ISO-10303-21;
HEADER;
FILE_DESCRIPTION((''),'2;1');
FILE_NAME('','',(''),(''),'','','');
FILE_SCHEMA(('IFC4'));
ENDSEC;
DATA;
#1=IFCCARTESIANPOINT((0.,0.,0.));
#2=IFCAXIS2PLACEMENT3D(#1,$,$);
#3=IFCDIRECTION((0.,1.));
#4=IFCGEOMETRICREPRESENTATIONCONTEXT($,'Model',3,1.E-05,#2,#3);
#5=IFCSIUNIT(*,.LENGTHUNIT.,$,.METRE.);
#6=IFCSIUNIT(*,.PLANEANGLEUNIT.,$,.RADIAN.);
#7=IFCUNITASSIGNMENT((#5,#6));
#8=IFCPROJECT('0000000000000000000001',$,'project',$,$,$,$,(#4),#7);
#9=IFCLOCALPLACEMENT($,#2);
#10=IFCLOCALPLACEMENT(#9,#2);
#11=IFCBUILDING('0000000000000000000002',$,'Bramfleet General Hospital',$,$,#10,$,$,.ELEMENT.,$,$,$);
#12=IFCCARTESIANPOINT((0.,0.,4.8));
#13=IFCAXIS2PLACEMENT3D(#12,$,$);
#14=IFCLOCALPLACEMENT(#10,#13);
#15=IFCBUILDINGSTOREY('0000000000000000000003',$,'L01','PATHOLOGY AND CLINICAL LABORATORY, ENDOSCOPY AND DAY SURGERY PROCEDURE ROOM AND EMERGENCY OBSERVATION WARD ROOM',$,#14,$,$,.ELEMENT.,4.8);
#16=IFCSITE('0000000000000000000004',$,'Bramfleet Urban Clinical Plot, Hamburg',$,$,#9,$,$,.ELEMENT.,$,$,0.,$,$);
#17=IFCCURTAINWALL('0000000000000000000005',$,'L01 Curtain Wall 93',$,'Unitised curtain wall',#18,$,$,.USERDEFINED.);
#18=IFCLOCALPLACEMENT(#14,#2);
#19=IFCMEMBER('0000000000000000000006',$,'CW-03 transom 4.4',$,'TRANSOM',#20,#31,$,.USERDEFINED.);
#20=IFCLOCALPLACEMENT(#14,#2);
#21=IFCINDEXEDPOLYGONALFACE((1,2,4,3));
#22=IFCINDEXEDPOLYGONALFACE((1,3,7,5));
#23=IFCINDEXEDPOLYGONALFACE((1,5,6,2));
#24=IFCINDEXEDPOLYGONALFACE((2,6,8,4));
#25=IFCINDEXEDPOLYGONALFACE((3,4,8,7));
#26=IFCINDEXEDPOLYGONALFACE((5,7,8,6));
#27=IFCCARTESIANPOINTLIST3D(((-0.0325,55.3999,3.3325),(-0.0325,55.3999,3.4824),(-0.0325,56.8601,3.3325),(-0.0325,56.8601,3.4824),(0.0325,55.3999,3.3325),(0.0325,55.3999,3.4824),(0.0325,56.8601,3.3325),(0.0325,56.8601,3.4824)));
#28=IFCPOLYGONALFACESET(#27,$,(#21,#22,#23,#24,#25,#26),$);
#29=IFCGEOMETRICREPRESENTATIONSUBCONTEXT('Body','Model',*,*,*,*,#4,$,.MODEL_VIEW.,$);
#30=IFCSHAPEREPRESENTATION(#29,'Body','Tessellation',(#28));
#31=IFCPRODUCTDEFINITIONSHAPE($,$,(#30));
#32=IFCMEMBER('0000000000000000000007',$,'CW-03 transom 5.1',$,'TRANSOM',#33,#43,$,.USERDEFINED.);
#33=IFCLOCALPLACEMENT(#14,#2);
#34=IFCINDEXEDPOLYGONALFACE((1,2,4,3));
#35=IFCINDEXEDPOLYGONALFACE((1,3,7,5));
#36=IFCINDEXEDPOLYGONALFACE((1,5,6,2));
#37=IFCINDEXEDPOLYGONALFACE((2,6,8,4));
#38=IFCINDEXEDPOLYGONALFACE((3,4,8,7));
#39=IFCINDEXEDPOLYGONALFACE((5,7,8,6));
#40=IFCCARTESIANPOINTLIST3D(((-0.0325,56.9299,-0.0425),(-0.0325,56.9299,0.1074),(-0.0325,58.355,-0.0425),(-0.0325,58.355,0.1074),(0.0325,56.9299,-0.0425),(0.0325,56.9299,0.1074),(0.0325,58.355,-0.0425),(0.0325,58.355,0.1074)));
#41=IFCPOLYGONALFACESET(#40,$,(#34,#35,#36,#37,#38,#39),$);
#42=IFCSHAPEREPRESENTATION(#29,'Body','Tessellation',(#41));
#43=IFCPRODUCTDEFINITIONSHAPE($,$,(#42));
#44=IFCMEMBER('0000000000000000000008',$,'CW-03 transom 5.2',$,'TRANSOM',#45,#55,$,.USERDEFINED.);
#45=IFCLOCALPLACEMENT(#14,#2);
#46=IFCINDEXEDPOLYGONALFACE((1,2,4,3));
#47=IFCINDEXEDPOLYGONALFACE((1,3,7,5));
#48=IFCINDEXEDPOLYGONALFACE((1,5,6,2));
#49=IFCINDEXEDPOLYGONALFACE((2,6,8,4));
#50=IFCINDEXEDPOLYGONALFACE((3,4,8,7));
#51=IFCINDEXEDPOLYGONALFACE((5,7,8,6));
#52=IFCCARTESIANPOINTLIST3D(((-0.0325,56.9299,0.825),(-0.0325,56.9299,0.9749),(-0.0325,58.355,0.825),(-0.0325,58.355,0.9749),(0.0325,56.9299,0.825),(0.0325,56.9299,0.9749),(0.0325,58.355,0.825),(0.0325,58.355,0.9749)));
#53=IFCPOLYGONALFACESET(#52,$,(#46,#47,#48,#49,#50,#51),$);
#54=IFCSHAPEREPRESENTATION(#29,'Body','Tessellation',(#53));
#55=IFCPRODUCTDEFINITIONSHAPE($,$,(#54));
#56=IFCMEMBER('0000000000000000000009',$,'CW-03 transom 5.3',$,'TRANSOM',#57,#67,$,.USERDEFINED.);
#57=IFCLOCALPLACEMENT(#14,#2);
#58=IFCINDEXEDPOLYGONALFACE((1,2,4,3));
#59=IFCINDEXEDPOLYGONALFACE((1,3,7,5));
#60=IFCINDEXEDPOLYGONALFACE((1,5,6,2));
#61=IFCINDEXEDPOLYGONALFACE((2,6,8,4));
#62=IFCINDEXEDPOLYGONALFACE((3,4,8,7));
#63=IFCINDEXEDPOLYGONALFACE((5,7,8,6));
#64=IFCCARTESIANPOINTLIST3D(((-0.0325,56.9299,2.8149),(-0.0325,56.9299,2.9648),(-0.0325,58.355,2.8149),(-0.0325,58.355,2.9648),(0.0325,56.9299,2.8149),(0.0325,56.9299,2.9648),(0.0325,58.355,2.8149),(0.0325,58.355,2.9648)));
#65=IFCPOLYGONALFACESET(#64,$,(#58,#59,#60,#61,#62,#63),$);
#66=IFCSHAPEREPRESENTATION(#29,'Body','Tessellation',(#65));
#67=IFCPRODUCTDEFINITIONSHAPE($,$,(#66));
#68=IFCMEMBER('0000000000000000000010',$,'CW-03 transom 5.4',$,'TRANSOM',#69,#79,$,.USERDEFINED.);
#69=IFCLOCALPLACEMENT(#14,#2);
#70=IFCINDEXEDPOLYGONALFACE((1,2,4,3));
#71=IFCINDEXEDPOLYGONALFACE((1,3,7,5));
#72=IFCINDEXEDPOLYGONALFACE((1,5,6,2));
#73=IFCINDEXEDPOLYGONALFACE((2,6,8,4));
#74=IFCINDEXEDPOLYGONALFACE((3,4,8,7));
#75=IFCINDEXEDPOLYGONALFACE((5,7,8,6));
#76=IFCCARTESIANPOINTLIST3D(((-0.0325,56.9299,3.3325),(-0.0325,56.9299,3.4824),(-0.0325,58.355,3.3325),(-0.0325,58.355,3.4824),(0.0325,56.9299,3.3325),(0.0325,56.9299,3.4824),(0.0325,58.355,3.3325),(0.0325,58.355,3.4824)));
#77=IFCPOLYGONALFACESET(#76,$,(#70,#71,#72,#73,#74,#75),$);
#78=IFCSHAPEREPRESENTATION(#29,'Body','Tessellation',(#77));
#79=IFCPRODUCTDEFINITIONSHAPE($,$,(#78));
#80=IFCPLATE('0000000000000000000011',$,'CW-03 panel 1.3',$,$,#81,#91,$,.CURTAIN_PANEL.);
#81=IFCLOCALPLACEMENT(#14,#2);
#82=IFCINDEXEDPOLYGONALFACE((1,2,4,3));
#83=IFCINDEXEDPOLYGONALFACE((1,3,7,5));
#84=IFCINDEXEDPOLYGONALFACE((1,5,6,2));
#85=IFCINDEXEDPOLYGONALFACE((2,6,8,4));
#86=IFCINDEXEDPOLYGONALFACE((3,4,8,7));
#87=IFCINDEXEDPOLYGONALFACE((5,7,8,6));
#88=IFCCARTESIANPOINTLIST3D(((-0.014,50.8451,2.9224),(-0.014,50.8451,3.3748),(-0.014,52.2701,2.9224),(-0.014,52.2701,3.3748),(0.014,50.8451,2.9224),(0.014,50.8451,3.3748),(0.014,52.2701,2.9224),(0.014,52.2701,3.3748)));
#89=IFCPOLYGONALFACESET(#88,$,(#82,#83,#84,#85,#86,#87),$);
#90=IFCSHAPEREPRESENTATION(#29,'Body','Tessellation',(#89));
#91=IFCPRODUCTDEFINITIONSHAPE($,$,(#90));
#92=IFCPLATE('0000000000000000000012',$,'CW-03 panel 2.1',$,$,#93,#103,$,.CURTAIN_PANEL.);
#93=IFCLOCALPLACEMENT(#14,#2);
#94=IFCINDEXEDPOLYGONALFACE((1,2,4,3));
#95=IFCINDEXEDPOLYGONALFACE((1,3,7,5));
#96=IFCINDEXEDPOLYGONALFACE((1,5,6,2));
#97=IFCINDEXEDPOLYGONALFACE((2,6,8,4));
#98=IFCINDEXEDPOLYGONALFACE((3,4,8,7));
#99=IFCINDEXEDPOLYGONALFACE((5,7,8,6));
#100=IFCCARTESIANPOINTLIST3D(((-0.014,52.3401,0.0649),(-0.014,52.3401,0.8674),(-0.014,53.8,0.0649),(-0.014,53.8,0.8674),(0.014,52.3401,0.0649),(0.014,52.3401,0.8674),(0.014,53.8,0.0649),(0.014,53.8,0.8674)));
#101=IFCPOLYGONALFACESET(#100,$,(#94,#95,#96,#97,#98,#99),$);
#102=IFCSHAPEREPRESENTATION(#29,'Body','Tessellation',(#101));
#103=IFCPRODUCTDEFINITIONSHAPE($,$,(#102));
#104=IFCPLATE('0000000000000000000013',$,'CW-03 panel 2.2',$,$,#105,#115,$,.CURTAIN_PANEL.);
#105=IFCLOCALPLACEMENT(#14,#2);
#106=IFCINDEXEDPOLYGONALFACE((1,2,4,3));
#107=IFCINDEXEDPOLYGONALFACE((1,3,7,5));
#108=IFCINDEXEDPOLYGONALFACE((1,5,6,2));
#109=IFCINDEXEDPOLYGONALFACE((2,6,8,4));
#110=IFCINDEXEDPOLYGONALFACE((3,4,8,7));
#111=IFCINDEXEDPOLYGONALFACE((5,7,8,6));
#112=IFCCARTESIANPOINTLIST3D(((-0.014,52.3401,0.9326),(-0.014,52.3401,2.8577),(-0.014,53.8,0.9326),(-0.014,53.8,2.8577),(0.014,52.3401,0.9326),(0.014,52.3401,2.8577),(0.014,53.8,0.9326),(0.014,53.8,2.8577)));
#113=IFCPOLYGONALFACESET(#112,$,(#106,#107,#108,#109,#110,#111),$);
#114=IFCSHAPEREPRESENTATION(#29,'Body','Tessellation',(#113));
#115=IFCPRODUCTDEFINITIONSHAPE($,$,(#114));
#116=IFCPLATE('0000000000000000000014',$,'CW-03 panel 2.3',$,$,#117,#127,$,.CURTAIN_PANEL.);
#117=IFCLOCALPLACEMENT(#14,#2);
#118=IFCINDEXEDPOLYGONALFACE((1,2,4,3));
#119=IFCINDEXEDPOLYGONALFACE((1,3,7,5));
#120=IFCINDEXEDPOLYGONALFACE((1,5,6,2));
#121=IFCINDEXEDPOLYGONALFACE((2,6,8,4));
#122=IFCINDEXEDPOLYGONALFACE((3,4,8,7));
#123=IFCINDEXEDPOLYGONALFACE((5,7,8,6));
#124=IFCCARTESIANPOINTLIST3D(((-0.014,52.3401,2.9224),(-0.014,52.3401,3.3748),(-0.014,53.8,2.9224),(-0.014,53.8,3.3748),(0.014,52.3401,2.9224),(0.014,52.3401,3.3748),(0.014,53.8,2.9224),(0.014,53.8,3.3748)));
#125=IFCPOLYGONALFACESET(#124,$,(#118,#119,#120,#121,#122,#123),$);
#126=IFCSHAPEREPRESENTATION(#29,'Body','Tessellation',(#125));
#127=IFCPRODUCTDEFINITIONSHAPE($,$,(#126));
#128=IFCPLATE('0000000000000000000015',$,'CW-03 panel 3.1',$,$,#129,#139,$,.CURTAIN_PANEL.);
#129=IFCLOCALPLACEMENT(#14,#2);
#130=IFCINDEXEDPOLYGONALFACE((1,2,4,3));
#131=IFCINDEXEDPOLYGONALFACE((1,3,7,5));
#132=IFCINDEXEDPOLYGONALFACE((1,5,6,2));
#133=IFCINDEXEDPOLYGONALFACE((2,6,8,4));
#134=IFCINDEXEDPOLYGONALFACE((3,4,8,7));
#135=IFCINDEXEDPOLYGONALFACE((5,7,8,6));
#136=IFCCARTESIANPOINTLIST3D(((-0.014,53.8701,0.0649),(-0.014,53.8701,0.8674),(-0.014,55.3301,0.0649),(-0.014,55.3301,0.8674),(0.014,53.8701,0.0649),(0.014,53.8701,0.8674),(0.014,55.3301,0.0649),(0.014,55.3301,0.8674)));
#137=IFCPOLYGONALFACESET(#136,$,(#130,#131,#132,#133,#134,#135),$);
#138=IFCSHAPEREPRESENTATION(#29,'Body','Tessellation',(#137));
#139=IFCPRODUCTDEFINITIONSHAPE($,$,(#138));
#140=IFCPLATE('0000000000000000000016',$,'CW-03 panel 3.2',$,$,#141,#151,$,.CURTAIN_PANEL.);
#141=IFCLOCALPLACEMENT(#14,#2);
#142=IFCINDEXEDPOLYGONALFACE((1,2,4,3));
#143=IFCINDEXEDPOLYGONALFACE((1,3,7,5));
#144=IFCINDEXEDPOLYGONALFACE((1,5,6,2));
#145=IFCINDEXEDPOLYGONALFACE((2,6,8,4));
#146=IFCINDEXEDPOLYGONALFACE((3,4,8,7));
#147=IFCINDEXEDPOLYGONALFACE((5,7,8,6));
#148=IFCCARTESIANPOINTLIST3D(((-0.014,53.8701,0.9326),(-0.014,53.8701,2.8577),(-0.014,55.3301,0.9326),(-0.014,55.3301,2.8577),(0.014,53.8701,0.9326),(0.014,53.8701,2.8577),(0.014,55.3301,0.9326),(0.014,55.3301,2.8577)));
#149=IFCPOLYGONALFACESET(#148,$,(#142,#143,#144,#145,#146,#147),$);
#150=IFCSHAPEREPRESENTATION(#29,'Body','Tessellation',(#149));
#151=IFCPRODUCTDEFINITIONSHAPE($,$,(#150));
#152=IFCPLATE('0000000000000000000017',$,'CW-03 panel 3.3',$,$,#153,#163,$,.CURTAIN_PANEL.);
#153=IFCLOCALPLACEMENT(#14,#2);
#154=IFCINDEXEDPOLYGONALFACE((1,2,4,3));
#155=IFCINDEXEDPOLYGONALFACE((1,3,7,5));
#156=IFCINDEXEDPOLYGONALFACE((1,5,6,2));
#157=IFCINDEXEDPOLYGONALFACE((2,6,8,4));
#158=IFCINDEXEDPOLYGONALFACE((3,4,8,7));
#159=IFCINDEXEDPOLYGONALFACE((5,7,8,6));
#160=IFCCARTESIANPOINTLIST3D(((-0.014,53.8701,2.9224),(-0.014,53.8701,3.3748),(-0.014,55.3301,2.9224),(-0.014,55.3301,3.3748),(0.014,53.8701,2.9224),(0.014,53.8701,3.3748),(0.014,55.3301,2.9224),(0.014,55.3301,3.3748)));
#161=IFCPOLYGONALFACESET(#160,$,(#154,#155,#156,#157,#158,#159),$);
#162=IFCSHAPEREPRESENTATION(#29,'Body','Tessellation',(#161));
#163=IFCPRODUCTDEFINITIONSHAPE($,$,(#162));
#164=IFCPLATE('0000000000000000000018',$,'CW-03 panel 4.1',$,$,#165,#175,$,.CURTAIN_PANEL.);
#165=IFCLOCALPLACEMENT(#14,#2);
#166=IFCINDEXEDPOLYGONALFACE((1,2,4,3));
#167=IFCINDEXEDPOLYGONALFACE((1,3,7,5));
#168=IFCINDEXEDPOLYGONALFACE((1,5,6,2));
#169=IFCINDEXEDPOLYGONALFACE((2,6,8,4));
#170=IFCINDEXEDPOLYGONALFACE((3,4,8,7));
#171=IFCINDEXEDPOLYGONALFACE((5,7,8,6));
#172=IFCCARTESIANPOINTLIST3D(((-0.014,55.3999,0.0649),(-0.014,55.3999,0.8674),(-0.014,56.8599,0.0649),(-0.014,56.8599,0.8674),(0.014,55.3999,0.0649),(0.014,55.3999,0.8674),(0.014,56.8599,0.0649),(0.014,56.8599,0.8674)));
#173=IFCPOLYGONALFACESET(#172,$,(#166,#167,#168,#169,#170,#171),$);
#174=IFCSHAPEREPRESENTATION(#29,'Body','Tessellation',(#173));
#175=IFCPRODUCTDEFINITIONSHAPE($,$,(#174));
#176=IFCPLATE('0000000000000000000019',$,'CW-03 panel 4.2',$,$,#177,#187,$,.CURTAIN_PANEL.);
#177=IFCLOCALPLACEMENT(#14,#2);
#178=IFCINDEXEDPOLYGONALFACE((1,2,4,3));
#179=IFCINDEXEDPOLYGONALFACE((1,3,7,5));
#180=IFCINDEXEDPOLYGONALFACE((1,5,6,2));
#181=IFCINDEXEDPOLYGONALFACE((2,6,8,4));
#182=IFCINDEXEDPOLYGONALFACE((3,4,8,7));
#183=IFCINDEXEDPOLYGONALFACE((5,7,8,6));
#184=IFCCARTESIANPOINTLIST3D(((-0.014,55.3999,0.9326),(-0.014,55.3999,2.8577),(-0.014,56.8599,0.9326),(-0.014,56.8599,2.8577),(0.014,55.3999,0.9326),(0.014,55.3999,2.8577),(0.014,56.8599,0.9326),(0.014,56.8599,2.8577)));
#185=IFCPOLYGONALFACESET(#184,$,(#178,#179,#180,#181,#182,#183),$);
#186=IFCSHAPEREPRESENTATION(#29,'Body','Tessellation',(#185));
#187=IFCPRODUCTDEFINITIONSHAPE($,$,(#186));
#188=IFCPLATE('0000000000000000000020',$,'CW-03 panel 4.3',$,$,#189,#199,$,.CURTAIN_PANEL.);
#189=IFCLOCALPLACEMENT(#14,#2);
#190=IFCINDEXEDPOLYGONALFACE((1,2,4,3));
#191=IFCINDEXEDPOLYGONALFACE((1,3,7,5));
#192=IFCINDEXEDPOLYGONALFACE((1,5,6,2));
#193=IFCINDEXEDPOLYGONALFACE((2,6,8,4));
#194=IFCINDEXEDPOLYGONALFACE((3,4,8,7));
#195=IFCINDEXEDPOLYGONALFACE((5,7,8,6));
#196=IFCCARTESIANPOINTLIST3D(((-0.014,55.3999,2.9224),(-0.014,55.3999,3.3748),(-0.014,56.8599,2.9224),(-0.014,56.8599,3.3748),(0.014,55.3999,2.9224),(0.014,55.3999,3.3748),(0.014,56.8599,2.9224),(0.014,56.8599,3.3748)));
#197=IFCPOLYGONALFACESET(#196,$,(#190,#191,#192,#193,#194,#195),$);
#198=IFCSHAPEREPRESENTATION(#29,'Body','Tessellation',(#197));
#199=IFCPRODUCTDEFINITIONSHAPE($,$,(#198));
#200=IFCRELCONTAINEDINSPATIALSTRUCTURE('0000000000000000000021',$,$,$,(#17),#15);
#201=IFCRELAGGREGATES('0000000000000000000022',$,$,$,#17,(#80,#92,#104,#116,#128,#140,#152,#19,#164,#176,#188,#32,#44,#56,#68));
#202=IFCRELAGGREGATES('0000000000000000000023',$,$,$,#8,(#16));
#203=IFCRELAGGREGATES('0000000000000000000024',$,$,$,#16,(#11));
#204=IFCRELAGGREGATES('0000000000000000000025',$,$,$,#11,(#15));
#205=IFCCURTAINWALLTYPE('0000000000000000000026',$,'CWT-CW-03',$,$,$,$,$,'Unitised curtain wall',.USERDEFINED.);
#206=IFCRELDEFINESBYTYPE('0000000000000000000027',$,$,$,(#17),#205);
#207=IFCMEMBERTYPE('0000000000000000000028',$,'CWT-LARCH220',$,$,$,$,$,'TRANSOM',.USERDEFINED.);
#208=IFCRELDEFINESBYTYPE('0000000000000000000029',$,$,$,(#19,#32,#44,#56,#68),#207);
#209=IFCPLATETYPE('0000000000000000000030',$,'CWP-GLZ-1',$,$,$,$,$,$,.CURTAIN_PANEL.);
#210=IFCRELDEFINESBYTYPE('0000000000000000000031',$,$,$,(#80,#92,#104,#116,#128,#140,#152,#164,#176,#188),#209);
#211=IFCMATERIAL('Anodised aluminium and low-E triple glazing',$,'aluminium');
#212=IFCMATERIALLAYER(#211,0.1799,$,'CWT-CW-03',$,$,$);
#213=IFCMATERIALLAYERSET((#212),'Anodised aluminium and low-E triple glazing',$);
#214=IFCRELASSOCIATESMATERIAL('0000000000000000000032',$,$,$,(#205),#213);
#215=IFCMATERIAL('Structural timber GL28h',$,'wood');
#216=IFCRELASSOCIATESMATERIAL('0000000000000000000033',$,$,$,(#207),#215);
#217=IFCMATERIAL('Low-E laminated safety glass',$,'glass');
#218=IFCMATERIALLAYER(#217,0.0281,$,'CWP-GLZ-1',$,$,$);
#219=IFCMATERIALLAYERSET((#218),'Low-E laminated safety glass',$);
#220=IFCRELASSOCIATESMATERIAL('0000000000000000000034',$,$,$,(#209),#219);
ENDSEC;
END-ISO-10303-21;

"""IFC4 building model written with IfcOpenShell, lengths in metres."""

from ifc_helpers import new_model, si_unit, direction, frame, origin, origin_2d, place, context, subcontext, project, spatial, rectangle, extrude, material, layer, layer_set, material_profile, profile_set, type_object, element, aggregate, save


model = new_model("IFC4")

# Units and contexts
model_context = context("Model", 3, precision=1e-05, world=origin(), true_north=direction((0.0, 1.0)))
body_context = subcontext(model_context, "Body", "Model", "MODEL_VIEW")
ifc_project = project(units=[si_unit("LENGTHUNIT", "METRE"), si_unit("PLANEANGLEUNIT", "RADIAN")], contexts=[model_context])

# Site, building, storey
site_placement = place(None, origin())
site = spatial("IfcSite", under=ifc_project, at=site_placement, Name="Bramfleet Urban Clinical Plot, Hamburg", CompositionType="ELEMENT", RefElevation=0.0)
building_placement = place(site_placement, origin())
building = spatial("IfcBuilding", under=site, at=building_placement, Name="Bramfleet General Hospital", CompositionType="ELEMENT")
storey_placement = place(building_placement, frame((0.0, 0.0, 4.8)))
storey = spatial("IfcBuildingStorey", under=building, at=storey_placement, Name="L01", Description="PATHOLOGY AND CLINICAL LABORATORY, ENDOSCOPY AND DAY SURGERY PROCEDURE ROOM AND EMERGENCY OBSERVATION WARD ROOM", CompositionType="ELEMENT", Elevation=4.8)

# Curtain wall, members, plates
ifc_material_1 = material(Name="Anodised aluminium and low-E triple glazing", Category="aluminium")
ifc_layer_1 = layer(ifc_material_1, 0.1799, Name="CWT-CW-03")
ifc_layer_set_1 = layer_set([ifc_layer_1], Name="Anodised aluminium and low-E triple glazing")
curtain_wall_type = type_object("IfcCurtainWallType", Name="CWT-CW-03", ElementType="Unitised curtain wall", PredefinedType="USERDEFINED", material=ifc_layer_set_1)
curtain_wall_placement = place(storey_placement, origin())
curtain_wall = element("IfcCurtainWall", 1, at=curtain_wall_placement, inside=storey, type_object=curtain_wall_type, Name="L01 Curtain Wall 93", ObjectType="Unitised curtain wall", PredefinedType="USERDEFINED")
ifc_material_2 = material(Name="Structural timber GL28h", Category="wood")
ifc_material_profile_1 = material_profile(ifc_material_2, rectangle(XDim=0.0649, YDim=0.1499, at=origin_2d()), Name="LARCH 150x65")
ifc_profile_set_1 = profile_set([ifc_material_profile_1], Name="Structural timber GL28h")
member_type_1 = type_object("IfcMemberType", Name="CWT-LARCH220", ElementType="TRANSOM", PredefinedType="USERDEFINED", material=ifc_profile_set_1)
member_1_placement = place(storey_placement, frame((0.0, 55.3999, 3.4075), z_axis=(0.0, 1.0, 0.0), x_axis=(-1.0, 0.0, 0.0)))
member_1 = element("IfcMember", 2, at=member_1_placement, type_object=member_type_1, Name="CW-03 transom 4.4", ObjectType="TRANSOM", PredefinedType="USERDEFINED", context=body_context, shape_type="SweptSolid", body=[
    extrude(rectangle(XDim=0.0649, YDim=0.1499, at=origin_2d()), origin(), (0.0, 0.0, 1.0), 1.4602),
])
member_2_placement = place(storey_placement, frame((0.0, 56.9299, 0.0325), z_axis=(0.0, 1.0, 0.0), x_axis=(-1.0, 0.0, 0.0)))
member_2 = element("IfcMember", 3, at=member_2_placement, type_object=member_type_1, Name="CW-03 transom 5.1", ObjectType="TRANSOM", PredefinedType="USERDEFINED", context=body_context, shape_type="SweptSolid", body=[
    extrude(rectangle(XDim=0.0649, YDim=0.1499, at=origin_2d()), origin(), (0.0, 0.0, 1.0), 1.425),
])
member_3_placement = place(storey_placement, frame((0.0, 56.9299, 0.8999), z_axis=(0.0, 1.0, 0.0), x_axis=(-1.0, 0.0, 0.0)))
member_3 = element("IfcMember", 4, at=member_3_placement, type_object=member_type_1, Name="CW-03 transom 5.2", ObjectType="TRANSOM", PredefinedType="USERDEFINED", context=body_context, shape_type="SweptSolid", body=[
    extrude(rectangle(XDim=0.0649, YDim=0.1499, at=origin_2d()), origin(), (0.0, 0.0, 1.0), 1.425),
])
member_4_placement = place(storey_placement, frame((0.0, 56.9299, 2.8899), z_axis=(0.0, 1.0, 0.0), x_axis=(-1.0, 0.0, 0.0)))
member_4 = element("IfcMember", 5, at=member_4_placement, type_object=member_type_1, Name="CW-03 transom 5.3", ObjectType="TRANSOM", PredefinedType="USERDEFINED", context=body_context, shape_type="SweptSolid", body=[
    extrude(rectangle(XDim=0.0649, YDim=0.1499, at=origin_2d()), origin(), (0.0, 0.0, 1.0), 1.425),
])
member_5_placement = place(storey_placement, frame((0.0, 56.9299, 3.4075), z_axis=(0.0, 1.0, 0.0), x_axis=(-1.0, 0.0, 0.0)))
member_5 = element("IfcMember", 6, at=member_5_placement, type_object=member_type_1, Name="CW-03 transom 5.4", ObjectType="TRANSOM", PredefinedType="USERDEFINED", context=body_context, shape_type="SweptSolid", body=[
    extrude(rectangle(XDim=0.0649, YDim=0.1499, at=origin_2d()), origin(), (0.0, 0.0, 1.0), 1.425),
])
ifc_material_3 = material(Name="Low-E laminated safety glass", Category="glass")
ifc_layer_2 = layer(ifc_material_3, 0.0281, Name="CWP-GLZ-1")
ifc_layer_set_2 = layer_set([ifc_layer_2], Name="Low-E laminated safety glass")
plate_type = type_object("IfcPlateType", Name="CWP-GLZ-1", PredefinedType="CURTAIN_PANEL", material=ifc_layer_set_2)
plate_1_placement = place(storey_placement, frame((0.0, 51.5576, 2.9224), z_axis=(0.0, 0.0, 1.0), x_axis=(0.0, 1.0, 0.0)))
plate_1 = element("IfcPlate", 7, at=plate_1_placement, type_object=plate_type, Name="CW-03 panel 1.3", PredefinedType="CURTAIN_PANEL", context=body_context, shape_type="SweptSolid", body=[
    extrude(rectangle(XDim=1.425, YDim=0.0281, at=origin_2d()), origin(), (0.0, 0.0, 1.0), 0.4524),
])
plate_2_placement = place(storey_placement, frame((0.0, 53.0701, 0.0649), z_axis=(0.0, 0.0, 1.0), x_axis=(0.0, 1.0, 0.0)))
plate_2 = element("IfcPlate", 8, at=plate_2_placement, type_object=plate_type, Name="CW-03 panel 2.1", PredefinedType="CURTAIN_PANEL", context=body_context, shape_type="SweptSolid", body=[
    extrude(rectangle(XDim=1.46, YDim=0.0281, at=origin_2d()), origin(), (0.0, 0.0, 1.0), 0.8025),
])
plate_3_placement = place(storey_placement, frame((0.0, 53.0701, 0.9326), z_axis=(0.0, 0.0, 1.0), x_axis=(0.0, 1.0, 0.0)))
plate_3 = element("IfcPlate", 9, at=plate_3_placement, type_object=plate_type, Name="CW-03 panel 2.2", PredefinedType="CURTAIN_PANEL", context=body_context, shape_type="SweptSolid", body=[
    extrude(rectangle(XDim=1.46, YDim=0.0281, at=origin_2d()), origin(), (0.0, 0.0, 1.0), 1.925),
])
plate_4_placement = place(storey_placement, frame((0.0, 53.0701, 2.9224), z_axis=(0.0, 0.0, 1.0), x_axis=(0.0, 1.0, 0.0)))
plate_4 = element("IfcPlate", 10, at=plate_4_placement, type_object=plate_type, Name="CW-03 panel 2.3", PredefinedType="CURTAIN_PANEL", context=body_context, shape_type="SweptSolid", body=[
    extrude(rectangle(XDim=1.46, YDim=0.0281, at=origin_2d()), origin(), (0.0, 0.0, 1.0), 0.4524),
])
plate_5_placement = place(storey_placement, frame((0.0, 54.6001, 0.0649), z_axis=(0.0, 0.0, 1.0), x_axis=(0.0, 1.0, 0.0)))
plate_5 = element("IfcPlate", 11, at=plate_5_placement, type_object=plate_type, Name="CW-03 panel 3.1", PredefinedType="CURTAIN_PANEL", context=body_context, shape_type="SweptSolid", body=[
    extrude(rectangle(XDim=1.46, YDim=0.0281, at=origin_2d()), origin(), (0.0, 0.0, 1.0), 0.8025),
])
plate_6_placement = place(storey_placement, frame((0.0, 54.6001, 0.9326), z_axis=(0.0, 0.0, 1.0), x_axis=(0.0, 1.0, 0.0)))
plate_6 = element("IfcPlate", 12, at=plate_6_placement, type_object=plate_type, Name="CW-03 panel 3.2", PredefinedType="CURTAIN_PANEL", context=body_context, shape_type="SweptSolid", body=[
    extrude(rectangle(XDim=1.46, YDim=0.0281, at=origin_2d()), origin(), (0.0, 0.0, 1.0), 1.925),
])
plate_7_placement = place(storey_placement, frame((0.0, 54.6001, 2.9224), z_axis=(0.0, 0.0, 1.0), x_axis=(0.0, 1.0, 0.0)))
plate_7 = element("IfcPlate", 13, at=plate_7_placement, type_object=plate_type, Name="CW-03 panel 3.3", PredefinedType="CURTAIN_PANEL", context=body_context, shape_type="SweptSolid", body=[
    extrude(rectangle(XDim=1.46, YDim=0.0281, at=origin_2d()), origin(), (0.0, 0.0, 1.0), 0.4524),
])
plate_8_placement = place(storey_placement, frame((0.0, 56.1299, 0.0649), z_axis=(0.0, 0.0, 1.0), x_axis=(0.0, 1.0, 0.0)))
plate_8 = element("IfcPlate", 14, at=plate_8_placement, type_object=plate_type, Name="CW-03 panel 4.1", PredefinedType="CURTAIN_PANEL", context=body_context, shape_type="SweptSolid", body=[
    extrude(rectangle(XDim=1.46, YDim=0.0281, at=origin_2d()), origin(), (0.0, 0.0, 1.0), 0.8025),
])
plate_9_placement = place(storey_placement, frame((0.0, 56.1299, 0.9326), z_axis=(0.0, 0.0, 1.0), x_axis=(0.0, 1.0, 0.0)))
plate_9 = element("IfcPlate", 15, at=plate_9_placement, type_object=plate_type, Name="CW-03 panel 4.2", PredefinedType="CURTAIN_PANEL", context=body_context, shape_type="SweptSolid", body=[
    extrude(rectangle(XDim=1.46, YDim=0.0281, at=origin_2d()), origin(), (0.0, 0.0, 1.0), 1.925),
])
plate_10_placement = place(storey_placement, frame((0.0, 56.1299, 2.9224), z_axis=(0.0, 0.0, 1.0), x_axis=(0.0, 1.0, 0.0)))
plate_10 = element("IfcPlate", 16, at=plate_10_placement, type_object=plate_type, Name="CW-03 panel 4.3", PredefinedType="CURTAIN_PANEL", context=body_context, shape_type="SweptSolid", body=[
    extrude(rectangle(XDim=1.46, YDim=0.0281, at=origin_2d()), origin(), (0.0, 0.0, 1.0), 0.4524),
])
aggregate(curtain_wall, [plate_1, plate_2, plate_3, plate_4, plate_5, plate_6, plate_7, member_1, plate_8, plate_9, plate_10, member_2, member_3, member_4, member_5])

save(model, "model.ifc")
